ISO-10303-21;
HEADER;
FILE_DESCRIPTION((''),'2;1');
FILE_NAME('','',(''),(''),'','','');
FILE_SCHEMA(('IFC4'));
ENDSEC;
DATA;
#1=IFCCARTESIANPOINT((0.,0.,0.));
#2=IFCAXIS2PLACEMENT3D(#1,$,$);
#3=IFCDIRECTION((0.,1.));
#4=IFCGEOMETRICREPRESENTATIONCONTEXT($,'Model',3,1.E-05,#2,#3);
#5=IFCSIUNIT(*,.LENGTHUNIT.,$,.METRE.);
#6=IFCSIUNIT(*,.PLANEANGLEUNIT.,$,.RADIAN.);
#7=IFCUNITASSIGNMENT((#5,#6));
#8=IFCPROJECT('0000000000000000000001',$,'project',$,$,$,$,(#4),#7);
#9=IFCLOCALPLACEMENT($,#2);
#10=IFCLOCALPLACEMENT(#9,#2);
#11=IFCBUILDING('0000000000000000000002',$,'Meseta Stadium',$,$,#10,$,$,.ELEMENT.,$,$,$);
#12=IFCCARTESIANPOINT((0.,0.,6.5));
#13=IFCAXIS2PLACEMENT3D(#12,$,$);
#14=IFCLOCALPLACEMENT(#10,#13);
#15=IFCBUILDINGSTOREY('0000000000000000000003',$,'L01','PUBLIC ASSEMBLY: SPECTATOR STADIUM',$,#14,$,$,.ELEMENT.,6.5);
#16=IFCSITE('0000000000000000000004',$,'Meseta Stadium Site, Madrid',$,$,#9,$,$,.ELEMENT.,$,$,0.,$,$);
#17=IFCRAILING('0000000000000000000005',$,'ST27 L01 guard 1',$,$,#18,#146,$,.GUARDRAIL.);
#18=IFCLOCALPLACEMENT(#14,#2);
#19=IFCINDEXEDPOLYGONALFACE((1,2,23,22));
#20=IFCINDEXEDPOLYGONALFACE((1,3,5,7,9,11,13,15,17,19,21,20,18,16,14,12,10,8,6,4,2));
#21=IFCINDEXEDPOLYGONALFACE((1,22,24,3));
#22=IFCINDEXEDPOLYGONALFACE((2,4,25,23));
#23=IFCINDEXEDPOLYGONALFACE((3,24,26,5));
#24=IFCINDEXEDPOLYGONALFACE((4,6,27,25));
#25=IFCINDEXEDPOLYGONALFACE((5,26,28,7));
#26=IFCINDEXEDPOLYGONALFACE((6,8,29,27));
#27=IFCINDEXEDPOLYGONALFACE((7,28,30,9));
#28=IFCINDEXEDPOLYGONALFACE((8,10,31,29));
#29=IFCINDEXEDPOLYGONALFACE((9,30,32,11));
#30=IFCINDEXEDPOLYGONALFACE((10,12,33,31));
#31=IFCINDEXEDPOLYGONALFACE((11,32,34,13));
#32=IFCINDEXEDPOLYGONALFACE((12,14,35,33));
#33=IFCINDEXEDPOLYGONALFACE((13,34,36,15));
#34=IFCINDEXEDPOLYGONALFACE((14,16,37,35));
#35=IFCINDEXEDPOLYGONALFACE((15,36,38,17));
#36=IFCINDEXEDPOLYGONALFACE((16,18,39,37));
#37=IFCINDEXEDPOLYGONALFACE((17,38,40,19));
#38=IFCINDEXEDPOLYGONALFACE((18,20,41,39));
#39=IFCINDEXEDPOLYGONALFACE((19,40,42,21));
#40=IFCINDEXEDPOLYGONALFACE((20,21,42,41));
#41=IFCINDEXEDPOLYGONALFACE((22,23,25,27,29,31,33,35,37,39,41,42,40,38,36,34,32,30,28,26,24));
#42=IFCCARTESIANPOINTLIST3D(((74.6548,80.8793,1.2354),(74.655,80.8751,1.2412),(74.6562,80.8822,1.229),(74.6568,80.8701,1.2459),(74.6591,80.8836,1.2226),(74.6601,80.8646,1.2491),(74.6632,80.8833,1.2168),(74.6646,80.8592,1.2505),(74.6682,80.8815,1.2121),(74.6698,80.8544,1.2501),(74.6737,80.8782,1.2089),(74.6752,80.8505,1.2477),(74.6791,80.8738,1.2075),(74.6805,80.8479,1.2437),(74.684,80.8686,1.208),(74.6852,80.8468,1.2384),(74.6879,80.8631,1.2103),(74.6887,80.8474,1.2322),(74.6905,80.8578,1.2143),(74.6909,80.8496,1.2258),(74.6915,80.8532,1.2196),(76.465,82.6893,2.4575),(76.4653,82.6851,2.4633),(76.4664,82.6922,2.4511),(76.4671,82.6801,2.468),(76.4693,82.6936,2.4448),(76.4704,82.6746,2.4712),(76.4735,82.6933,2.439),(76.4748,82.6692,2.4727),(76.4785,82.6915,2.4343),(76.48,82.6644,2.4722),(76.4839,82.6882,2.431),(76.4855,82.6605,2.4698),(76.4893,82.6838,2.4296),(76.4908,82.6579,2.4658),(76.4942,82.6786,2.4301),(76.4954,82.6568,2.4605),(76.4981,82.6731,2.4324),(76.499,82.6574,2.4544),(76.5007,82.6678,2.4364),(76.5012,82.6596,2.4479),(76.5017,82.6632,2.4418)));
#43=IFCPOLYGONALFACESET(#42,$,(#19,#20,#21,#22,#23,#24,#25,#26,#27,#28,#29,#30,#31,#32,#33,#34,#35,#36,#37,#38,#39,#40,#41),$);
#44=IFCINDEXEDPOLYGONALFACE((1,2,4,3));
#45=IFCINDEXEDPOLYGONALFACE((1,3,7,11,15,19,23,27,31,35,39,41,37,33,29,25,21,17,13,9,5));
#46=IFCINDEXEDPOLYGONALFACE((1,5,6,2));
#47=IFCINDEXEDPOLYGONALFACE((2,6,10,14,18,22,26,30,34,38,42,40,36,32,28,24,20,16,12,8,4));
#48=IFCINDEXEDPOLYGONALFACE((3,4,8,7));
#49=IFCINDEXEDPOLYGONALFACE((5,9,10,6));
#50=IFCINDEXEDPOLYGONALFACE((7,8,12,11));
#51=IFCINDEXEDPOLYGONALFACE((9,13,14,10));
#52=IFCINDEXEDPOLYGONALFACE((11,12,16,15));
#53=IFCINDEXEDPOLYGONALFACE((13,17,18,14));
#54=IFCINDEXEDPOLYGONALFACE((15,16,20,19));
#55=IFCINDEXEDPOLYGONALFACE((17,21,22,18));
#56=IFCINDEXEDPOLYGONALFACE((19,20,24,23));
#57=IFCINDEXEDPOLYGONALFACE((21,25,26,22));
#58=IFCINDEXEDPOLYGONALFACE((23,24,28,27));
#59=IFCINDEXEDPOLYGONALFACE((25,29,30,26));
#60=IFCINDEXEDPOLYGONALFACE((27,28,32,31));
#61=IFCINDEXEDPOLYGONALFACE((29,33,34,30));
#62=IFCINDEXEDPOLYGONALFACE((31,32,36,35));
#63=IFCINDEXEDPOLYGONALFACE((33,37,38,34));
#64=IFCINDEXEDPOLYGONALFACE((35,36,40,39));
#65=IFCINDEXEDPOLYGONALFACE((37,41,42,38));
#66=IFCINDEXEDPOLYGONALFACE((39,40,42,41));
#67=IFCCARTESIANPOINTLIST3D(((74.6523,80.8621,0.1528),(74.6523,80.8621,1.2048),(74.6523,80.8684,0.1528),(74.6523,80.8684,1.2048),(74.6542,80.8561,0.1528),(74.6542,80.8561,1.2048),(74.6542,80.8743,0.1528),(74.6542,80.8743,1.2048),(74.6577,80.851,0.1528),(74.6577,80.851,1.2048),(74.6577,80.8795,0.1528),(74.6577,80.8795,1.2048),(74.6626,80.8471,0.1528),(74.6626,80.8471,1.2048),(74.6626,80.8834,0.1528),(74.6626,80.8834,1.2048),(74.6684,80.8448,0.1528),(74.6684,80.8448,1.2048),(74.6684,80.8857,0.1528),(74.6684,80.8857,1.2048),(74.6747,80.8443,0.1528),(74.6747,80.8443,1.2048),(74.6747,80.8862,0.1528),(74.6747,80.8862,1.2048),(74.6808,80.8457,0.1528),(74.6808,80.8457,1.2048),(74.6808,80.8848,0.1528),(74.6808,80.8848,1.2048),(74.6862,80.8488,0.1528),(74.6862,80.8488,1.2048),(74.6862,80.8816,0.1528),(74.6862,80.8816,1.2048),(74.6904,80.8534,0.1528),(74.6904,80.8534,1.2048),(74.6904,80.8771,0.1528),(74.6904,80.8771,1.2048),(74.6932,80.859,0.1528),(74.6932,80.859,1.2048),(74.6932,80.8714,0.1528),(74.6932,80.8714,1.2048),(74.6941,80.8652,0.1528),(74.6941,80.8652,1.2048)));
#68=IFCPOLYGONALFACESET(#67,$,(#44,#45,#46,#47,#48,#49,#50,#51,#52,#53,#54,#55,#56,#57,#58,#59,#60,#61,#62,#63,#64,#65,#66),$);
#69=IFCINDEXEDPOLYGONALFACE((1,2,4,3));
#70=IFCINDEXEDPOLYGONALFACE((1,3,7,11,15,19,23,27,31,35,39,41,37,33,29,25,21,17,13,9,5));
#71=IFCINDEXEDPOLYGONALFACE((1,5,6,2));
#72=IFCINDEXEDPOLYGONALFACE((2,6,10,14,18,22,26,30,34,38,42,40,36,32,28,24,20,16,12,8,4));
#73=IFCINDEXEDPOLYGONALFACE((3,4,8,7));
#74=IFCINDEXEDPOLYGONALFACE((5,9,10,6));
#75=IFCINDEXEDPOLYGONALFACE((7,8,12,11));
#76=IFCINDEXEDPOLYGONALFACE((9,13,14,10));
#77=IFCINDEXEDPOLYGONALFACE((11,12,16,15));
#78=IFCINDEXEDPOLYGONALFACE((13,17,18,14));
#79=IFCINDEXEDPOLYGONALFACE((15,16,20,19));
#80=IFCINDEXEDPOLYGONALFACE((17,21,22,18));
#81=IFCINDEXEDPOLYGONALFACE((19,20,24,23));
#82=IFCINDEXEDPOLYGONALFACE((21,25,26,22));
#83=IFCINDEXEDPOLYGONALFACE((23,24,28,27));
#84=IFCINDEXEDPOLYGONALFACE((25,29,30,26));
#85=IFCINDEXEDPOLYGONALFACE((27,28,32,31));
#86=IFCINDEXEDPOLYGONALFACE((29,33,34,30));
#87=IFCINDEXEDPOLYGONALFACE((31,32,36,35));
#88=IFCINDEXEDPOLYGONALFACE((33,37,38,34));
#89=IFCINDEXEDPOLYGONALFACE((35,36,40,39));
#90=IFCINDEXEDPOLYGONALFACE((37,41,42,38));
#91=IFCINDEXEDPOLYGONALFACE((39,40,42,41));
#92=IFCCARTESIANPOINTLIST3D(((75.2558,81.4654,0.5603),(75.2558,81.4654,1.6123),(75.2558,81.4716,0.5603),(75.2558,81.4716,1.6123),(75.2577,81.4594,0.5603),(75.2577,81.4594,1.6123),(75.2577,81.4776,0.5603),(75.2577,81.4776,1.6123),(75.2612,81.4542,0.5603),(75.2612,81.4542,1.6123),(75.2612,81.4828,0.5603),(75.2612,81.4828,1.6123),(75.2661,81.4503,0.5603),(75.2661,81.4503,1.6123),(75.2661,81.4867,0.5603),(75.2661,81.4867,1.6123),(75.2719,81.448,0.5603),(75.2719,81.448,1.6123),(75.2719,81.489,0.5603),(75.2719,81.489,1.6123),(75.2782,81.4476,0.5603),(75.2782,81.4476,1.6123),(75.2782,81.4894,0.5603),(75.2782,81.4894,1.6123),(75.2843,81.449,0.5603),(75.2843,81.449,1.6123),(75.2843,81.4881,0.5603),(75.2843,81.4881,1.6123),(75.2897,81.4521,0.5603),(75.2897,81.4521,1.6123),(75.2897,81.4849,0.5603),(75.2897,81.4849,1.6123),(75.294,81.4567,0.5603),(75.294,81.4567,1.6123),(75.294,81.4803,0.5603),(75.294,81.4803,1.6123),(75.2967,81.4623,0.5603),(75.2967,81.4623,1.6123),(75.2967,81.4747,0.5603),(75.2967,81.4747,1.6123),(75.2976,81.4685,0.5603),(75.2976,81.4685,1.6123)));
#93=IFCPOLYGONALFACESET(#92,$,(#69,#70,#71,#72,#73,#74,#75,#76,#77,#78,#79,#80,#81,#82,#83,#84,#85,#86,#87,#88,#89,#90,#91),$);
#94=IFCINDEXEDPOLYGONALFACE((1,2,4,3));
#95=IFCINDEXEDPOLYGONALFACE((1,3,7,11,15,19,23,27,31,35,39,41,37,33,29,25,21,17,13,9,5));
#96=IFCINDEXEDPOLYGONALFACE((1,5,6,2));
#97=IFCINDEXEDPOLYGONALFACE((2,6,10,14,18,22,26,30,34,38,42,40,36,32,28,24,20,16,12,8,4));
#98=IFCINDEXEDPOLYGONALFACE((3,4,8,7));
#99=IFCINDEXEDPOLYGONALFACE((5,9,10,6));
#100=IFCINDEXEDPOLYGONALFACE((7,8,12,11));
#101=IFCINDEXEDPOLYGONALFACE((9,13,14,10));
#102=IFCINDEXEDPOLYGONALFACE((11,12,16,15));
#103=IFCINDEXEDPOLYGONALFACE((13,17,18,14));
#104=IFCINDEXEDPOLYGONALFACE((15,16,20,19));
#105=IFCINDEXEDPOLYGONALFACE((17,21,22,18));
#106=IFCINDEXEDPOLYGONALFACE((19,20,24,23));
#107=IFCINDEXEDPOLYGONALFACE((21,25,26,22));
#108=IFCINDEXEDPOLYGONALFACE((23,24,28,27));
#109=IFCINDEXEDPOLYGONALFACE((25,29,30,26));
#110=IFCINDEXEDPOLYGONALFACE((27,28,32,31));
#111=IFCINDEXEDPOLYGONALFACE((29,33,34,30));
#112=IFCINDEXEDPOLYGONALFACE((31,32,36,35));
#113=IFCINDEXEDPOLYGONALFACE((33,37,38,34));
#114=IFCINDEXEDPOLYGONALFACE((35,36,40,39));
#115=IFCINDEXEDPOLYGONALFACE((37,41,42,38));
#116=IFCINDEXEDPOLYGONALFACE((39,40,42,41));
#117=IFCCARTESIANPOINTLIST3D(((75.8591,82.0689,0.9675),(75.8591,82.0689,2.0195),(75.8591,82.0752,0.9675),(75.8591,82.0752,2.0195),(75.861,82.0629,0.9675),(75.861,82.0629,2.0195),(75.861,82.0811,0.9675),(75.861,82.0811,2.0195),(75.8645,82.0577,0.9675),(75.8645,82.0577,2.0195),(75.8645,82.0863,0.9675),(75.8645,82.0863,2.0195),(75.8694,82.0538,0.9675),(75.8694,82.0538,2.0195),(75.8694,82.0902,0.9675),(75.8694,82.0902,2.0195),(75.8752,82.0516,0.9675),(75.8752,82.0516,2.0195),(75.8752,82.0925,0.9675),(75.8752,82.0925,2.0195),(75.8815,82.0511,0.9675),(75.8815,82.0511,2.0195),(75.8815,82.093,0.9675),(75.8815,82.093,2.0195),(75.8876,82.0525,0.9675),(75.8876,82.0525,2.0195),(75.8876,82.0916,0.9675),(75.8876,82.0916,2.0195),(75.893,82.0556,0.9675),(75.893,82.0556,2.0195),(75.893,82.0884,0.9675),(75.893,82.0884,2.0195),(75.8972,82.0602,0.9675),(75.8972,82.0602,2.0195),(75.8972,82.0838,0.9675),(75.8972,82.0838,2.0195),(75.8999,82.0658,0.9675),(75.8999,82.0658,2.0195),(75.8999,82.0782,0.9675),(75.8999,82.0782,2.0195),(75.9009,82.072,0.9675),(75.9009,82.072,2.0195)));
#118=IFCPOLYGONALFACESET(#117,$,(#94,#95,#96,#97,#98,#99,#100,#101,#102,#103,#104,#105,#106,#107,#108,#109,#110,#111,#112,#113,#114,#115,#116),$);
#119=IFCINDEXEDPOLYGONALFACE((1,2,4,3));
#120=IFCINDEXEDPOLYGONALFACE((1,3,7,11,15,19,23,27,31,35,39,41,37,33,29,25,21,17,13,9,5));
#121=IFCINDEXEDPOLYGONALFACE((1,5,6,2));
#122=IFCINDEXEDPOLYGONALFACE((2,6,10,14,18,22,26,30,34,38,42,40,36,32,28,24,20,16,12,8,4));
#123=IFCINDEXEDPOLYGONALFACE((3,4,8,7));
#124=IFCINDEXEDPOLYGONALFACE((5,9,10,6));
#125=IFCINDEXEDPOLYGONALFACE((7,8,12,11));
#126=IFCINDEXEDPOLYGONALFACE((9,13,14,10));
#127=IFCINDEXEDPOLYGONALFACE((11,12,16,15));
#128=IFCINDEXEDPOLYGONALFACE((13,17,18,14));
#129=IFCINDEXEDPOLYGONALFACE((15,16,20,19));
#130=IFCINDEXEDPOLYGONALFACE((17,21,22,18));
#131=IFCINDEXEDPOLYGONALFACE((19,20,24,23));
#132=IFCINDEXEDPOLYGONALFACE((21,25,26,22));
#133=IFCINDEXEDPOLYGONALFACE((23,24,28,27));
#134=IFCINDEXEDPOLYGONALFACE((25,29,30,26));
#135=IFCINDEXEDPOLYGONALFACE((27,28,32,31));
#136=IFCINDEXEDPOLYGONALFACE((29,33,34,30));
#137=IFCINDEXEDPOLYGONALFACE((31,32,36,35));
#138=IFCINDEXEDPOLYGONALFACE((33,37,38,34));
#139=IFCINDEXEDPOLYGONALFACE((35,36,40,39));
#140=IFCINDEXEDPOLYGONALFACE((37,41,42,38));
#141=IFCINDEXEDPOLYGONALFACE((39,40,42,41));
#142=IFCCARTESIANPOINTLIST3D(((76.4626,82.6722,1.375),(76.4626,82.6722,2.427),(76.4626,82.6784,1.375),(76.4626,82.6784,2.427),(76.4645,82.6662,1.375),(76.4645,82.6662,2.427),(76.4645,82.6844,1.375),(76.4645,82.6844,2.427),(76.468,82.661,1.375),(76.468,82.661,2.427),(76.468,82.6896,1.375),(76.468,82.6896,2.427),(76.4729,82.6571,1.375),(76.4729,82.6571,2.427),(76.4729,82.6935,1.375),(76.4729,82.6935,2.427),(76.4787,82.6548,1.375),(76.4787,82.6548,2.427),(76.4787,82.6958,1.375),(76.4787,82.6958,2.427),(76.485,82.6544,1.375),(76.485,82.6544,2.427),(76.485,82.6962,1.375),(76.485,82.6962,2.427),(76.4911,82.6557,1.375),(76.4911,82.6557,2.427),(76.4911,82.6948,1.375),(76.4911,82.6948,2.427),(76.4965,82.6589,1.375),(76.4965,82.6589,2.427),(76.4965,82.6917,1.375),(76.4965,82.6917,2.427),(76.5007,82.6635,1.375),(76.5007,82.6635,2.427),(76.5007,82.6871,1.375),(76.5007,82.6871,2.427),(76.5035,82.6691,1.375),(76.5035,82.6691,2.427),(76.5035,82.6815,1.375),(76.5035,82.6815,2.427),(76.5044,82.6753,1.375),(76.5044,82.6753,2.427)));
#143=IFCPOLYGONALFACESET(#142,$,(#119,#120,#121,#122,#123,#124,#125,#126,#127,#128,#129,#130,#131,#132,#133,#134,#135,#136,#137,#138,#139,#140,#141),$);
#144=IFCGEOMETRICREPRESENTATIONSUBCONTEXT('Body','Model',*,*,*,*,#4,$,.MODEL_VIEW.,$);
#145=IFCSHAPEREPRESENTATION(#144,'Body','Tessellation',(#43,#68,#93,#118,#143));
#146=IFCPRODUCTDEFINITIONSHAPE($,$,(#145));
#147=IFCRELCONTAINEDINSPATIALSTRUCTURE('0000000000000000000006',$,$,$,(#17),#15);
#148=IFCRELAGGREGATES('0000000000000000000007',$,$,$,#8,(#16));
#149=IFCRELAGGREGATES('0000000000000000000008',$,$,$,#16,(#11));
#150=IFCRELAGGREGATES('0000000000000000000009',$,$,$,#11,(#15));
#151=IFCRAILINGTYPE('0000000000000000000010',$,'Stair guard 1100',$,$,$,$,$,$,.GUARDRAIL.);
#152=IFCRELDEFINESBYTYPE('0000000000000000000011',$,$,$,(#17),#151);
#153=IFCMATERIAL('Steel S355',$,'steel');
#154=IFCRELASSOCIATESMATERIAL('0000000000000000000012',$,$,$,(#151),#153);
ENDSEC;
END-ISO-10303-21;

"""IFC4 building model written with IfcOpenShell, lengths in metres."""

from ifc_helpers import new_model, si_unit, direction, frame, origin, origin_2d, place, context, subcontext, project, spatial, circle, extrude, material, type_object, element, save


model = new_model("IFC4")

# Units and contexts
model_context = context("Model", 3, precision=1e-05, world=origin(), true_north=direction((0.0, 1.0)))
body_context = subcontext(model_context, "Body", "Model", "MODEL_VIEW")
ifc_project = project(units=[si_unit("LENGTHUNIT", "METRE"), si_unit("PLANEANGLEUNIT", "RADIAN")], contexts=[model_context])

# Site, building, storey
site_placement = place(None, origin())
site = spatial("IfcSite", under=ifc_project, at=site_placement, Name="Meseta Stadium Site, Madrid", CompositionType="ELEMENT", RefElevation=0.0)
building_placement = place(site_placement, origin())
building = spatial("IfcBuilding", under=site, at=building_placement, Name="Meseta Stadium", CompositionType="ELEMENT")
storey_placement = place(building_placement, frame((0.0, 0.0, 6.5)))
storey = spatial("IfcBuildingStorey", under=building, at=storey_placement, Name="L01", Description="PUBLIC ASSEMBLY: SPECTATOR STADIUM", CompositionType="ELEMENT", Elevation=6.5)

# Railing
ifc_material_1 = material(Name="Steel S355", Category="steel")
railing_type_1 = type_object("IfcRailingType", Name="Stair guard 1100", PredefinedType="GUARDRAIL", material=ifc_material_1)
railing_1_placement = place(storey_placement, frame((74.6731, 80.8652, 0.1528)))
element("IfcRailing", 1, at=railing_1_placement, inside=storey, type_object=railing_type_1, Name="ST27 L01 guard 1", PredefinedType="GUARDRAIL", context=body_context, shape_type="SweptSolid", body=[
    extrude(circle(Radius=0.0239, at=origin_2d()), frame((0.0, 0.0, 1.0762), z_axis=(0.638159, 0.638073, 0.430832), x_axis=(-0.707059, 0.707154, 0.0)), (0.0, 0.0, 1.0), 2.8367),
    extrude(circle(Radius=0.021, at=origin_2d()), origin(), (0.0, 0.0, 1.0), 1.052),
    extrude(circle(Radius=0.021, at=origin_2d()), frame((0.6035, 0.6033, 0.4075)), (0.0, 0.0, 1.0), 1.052),
    extrude(circle(Radius=0.021, at=origin_2d()), frame((1.2068, 1.2068, 0.8147)), (0.0, 0.0, 1.0), 1.052),
    extrude(circle(Radius=0.021, at=origin_2d()), frame((1.8103, 1.8101, 1.2222)), (0.0, 0.0, 1.0), 1.052),
])

save(model, "model.ifc")
